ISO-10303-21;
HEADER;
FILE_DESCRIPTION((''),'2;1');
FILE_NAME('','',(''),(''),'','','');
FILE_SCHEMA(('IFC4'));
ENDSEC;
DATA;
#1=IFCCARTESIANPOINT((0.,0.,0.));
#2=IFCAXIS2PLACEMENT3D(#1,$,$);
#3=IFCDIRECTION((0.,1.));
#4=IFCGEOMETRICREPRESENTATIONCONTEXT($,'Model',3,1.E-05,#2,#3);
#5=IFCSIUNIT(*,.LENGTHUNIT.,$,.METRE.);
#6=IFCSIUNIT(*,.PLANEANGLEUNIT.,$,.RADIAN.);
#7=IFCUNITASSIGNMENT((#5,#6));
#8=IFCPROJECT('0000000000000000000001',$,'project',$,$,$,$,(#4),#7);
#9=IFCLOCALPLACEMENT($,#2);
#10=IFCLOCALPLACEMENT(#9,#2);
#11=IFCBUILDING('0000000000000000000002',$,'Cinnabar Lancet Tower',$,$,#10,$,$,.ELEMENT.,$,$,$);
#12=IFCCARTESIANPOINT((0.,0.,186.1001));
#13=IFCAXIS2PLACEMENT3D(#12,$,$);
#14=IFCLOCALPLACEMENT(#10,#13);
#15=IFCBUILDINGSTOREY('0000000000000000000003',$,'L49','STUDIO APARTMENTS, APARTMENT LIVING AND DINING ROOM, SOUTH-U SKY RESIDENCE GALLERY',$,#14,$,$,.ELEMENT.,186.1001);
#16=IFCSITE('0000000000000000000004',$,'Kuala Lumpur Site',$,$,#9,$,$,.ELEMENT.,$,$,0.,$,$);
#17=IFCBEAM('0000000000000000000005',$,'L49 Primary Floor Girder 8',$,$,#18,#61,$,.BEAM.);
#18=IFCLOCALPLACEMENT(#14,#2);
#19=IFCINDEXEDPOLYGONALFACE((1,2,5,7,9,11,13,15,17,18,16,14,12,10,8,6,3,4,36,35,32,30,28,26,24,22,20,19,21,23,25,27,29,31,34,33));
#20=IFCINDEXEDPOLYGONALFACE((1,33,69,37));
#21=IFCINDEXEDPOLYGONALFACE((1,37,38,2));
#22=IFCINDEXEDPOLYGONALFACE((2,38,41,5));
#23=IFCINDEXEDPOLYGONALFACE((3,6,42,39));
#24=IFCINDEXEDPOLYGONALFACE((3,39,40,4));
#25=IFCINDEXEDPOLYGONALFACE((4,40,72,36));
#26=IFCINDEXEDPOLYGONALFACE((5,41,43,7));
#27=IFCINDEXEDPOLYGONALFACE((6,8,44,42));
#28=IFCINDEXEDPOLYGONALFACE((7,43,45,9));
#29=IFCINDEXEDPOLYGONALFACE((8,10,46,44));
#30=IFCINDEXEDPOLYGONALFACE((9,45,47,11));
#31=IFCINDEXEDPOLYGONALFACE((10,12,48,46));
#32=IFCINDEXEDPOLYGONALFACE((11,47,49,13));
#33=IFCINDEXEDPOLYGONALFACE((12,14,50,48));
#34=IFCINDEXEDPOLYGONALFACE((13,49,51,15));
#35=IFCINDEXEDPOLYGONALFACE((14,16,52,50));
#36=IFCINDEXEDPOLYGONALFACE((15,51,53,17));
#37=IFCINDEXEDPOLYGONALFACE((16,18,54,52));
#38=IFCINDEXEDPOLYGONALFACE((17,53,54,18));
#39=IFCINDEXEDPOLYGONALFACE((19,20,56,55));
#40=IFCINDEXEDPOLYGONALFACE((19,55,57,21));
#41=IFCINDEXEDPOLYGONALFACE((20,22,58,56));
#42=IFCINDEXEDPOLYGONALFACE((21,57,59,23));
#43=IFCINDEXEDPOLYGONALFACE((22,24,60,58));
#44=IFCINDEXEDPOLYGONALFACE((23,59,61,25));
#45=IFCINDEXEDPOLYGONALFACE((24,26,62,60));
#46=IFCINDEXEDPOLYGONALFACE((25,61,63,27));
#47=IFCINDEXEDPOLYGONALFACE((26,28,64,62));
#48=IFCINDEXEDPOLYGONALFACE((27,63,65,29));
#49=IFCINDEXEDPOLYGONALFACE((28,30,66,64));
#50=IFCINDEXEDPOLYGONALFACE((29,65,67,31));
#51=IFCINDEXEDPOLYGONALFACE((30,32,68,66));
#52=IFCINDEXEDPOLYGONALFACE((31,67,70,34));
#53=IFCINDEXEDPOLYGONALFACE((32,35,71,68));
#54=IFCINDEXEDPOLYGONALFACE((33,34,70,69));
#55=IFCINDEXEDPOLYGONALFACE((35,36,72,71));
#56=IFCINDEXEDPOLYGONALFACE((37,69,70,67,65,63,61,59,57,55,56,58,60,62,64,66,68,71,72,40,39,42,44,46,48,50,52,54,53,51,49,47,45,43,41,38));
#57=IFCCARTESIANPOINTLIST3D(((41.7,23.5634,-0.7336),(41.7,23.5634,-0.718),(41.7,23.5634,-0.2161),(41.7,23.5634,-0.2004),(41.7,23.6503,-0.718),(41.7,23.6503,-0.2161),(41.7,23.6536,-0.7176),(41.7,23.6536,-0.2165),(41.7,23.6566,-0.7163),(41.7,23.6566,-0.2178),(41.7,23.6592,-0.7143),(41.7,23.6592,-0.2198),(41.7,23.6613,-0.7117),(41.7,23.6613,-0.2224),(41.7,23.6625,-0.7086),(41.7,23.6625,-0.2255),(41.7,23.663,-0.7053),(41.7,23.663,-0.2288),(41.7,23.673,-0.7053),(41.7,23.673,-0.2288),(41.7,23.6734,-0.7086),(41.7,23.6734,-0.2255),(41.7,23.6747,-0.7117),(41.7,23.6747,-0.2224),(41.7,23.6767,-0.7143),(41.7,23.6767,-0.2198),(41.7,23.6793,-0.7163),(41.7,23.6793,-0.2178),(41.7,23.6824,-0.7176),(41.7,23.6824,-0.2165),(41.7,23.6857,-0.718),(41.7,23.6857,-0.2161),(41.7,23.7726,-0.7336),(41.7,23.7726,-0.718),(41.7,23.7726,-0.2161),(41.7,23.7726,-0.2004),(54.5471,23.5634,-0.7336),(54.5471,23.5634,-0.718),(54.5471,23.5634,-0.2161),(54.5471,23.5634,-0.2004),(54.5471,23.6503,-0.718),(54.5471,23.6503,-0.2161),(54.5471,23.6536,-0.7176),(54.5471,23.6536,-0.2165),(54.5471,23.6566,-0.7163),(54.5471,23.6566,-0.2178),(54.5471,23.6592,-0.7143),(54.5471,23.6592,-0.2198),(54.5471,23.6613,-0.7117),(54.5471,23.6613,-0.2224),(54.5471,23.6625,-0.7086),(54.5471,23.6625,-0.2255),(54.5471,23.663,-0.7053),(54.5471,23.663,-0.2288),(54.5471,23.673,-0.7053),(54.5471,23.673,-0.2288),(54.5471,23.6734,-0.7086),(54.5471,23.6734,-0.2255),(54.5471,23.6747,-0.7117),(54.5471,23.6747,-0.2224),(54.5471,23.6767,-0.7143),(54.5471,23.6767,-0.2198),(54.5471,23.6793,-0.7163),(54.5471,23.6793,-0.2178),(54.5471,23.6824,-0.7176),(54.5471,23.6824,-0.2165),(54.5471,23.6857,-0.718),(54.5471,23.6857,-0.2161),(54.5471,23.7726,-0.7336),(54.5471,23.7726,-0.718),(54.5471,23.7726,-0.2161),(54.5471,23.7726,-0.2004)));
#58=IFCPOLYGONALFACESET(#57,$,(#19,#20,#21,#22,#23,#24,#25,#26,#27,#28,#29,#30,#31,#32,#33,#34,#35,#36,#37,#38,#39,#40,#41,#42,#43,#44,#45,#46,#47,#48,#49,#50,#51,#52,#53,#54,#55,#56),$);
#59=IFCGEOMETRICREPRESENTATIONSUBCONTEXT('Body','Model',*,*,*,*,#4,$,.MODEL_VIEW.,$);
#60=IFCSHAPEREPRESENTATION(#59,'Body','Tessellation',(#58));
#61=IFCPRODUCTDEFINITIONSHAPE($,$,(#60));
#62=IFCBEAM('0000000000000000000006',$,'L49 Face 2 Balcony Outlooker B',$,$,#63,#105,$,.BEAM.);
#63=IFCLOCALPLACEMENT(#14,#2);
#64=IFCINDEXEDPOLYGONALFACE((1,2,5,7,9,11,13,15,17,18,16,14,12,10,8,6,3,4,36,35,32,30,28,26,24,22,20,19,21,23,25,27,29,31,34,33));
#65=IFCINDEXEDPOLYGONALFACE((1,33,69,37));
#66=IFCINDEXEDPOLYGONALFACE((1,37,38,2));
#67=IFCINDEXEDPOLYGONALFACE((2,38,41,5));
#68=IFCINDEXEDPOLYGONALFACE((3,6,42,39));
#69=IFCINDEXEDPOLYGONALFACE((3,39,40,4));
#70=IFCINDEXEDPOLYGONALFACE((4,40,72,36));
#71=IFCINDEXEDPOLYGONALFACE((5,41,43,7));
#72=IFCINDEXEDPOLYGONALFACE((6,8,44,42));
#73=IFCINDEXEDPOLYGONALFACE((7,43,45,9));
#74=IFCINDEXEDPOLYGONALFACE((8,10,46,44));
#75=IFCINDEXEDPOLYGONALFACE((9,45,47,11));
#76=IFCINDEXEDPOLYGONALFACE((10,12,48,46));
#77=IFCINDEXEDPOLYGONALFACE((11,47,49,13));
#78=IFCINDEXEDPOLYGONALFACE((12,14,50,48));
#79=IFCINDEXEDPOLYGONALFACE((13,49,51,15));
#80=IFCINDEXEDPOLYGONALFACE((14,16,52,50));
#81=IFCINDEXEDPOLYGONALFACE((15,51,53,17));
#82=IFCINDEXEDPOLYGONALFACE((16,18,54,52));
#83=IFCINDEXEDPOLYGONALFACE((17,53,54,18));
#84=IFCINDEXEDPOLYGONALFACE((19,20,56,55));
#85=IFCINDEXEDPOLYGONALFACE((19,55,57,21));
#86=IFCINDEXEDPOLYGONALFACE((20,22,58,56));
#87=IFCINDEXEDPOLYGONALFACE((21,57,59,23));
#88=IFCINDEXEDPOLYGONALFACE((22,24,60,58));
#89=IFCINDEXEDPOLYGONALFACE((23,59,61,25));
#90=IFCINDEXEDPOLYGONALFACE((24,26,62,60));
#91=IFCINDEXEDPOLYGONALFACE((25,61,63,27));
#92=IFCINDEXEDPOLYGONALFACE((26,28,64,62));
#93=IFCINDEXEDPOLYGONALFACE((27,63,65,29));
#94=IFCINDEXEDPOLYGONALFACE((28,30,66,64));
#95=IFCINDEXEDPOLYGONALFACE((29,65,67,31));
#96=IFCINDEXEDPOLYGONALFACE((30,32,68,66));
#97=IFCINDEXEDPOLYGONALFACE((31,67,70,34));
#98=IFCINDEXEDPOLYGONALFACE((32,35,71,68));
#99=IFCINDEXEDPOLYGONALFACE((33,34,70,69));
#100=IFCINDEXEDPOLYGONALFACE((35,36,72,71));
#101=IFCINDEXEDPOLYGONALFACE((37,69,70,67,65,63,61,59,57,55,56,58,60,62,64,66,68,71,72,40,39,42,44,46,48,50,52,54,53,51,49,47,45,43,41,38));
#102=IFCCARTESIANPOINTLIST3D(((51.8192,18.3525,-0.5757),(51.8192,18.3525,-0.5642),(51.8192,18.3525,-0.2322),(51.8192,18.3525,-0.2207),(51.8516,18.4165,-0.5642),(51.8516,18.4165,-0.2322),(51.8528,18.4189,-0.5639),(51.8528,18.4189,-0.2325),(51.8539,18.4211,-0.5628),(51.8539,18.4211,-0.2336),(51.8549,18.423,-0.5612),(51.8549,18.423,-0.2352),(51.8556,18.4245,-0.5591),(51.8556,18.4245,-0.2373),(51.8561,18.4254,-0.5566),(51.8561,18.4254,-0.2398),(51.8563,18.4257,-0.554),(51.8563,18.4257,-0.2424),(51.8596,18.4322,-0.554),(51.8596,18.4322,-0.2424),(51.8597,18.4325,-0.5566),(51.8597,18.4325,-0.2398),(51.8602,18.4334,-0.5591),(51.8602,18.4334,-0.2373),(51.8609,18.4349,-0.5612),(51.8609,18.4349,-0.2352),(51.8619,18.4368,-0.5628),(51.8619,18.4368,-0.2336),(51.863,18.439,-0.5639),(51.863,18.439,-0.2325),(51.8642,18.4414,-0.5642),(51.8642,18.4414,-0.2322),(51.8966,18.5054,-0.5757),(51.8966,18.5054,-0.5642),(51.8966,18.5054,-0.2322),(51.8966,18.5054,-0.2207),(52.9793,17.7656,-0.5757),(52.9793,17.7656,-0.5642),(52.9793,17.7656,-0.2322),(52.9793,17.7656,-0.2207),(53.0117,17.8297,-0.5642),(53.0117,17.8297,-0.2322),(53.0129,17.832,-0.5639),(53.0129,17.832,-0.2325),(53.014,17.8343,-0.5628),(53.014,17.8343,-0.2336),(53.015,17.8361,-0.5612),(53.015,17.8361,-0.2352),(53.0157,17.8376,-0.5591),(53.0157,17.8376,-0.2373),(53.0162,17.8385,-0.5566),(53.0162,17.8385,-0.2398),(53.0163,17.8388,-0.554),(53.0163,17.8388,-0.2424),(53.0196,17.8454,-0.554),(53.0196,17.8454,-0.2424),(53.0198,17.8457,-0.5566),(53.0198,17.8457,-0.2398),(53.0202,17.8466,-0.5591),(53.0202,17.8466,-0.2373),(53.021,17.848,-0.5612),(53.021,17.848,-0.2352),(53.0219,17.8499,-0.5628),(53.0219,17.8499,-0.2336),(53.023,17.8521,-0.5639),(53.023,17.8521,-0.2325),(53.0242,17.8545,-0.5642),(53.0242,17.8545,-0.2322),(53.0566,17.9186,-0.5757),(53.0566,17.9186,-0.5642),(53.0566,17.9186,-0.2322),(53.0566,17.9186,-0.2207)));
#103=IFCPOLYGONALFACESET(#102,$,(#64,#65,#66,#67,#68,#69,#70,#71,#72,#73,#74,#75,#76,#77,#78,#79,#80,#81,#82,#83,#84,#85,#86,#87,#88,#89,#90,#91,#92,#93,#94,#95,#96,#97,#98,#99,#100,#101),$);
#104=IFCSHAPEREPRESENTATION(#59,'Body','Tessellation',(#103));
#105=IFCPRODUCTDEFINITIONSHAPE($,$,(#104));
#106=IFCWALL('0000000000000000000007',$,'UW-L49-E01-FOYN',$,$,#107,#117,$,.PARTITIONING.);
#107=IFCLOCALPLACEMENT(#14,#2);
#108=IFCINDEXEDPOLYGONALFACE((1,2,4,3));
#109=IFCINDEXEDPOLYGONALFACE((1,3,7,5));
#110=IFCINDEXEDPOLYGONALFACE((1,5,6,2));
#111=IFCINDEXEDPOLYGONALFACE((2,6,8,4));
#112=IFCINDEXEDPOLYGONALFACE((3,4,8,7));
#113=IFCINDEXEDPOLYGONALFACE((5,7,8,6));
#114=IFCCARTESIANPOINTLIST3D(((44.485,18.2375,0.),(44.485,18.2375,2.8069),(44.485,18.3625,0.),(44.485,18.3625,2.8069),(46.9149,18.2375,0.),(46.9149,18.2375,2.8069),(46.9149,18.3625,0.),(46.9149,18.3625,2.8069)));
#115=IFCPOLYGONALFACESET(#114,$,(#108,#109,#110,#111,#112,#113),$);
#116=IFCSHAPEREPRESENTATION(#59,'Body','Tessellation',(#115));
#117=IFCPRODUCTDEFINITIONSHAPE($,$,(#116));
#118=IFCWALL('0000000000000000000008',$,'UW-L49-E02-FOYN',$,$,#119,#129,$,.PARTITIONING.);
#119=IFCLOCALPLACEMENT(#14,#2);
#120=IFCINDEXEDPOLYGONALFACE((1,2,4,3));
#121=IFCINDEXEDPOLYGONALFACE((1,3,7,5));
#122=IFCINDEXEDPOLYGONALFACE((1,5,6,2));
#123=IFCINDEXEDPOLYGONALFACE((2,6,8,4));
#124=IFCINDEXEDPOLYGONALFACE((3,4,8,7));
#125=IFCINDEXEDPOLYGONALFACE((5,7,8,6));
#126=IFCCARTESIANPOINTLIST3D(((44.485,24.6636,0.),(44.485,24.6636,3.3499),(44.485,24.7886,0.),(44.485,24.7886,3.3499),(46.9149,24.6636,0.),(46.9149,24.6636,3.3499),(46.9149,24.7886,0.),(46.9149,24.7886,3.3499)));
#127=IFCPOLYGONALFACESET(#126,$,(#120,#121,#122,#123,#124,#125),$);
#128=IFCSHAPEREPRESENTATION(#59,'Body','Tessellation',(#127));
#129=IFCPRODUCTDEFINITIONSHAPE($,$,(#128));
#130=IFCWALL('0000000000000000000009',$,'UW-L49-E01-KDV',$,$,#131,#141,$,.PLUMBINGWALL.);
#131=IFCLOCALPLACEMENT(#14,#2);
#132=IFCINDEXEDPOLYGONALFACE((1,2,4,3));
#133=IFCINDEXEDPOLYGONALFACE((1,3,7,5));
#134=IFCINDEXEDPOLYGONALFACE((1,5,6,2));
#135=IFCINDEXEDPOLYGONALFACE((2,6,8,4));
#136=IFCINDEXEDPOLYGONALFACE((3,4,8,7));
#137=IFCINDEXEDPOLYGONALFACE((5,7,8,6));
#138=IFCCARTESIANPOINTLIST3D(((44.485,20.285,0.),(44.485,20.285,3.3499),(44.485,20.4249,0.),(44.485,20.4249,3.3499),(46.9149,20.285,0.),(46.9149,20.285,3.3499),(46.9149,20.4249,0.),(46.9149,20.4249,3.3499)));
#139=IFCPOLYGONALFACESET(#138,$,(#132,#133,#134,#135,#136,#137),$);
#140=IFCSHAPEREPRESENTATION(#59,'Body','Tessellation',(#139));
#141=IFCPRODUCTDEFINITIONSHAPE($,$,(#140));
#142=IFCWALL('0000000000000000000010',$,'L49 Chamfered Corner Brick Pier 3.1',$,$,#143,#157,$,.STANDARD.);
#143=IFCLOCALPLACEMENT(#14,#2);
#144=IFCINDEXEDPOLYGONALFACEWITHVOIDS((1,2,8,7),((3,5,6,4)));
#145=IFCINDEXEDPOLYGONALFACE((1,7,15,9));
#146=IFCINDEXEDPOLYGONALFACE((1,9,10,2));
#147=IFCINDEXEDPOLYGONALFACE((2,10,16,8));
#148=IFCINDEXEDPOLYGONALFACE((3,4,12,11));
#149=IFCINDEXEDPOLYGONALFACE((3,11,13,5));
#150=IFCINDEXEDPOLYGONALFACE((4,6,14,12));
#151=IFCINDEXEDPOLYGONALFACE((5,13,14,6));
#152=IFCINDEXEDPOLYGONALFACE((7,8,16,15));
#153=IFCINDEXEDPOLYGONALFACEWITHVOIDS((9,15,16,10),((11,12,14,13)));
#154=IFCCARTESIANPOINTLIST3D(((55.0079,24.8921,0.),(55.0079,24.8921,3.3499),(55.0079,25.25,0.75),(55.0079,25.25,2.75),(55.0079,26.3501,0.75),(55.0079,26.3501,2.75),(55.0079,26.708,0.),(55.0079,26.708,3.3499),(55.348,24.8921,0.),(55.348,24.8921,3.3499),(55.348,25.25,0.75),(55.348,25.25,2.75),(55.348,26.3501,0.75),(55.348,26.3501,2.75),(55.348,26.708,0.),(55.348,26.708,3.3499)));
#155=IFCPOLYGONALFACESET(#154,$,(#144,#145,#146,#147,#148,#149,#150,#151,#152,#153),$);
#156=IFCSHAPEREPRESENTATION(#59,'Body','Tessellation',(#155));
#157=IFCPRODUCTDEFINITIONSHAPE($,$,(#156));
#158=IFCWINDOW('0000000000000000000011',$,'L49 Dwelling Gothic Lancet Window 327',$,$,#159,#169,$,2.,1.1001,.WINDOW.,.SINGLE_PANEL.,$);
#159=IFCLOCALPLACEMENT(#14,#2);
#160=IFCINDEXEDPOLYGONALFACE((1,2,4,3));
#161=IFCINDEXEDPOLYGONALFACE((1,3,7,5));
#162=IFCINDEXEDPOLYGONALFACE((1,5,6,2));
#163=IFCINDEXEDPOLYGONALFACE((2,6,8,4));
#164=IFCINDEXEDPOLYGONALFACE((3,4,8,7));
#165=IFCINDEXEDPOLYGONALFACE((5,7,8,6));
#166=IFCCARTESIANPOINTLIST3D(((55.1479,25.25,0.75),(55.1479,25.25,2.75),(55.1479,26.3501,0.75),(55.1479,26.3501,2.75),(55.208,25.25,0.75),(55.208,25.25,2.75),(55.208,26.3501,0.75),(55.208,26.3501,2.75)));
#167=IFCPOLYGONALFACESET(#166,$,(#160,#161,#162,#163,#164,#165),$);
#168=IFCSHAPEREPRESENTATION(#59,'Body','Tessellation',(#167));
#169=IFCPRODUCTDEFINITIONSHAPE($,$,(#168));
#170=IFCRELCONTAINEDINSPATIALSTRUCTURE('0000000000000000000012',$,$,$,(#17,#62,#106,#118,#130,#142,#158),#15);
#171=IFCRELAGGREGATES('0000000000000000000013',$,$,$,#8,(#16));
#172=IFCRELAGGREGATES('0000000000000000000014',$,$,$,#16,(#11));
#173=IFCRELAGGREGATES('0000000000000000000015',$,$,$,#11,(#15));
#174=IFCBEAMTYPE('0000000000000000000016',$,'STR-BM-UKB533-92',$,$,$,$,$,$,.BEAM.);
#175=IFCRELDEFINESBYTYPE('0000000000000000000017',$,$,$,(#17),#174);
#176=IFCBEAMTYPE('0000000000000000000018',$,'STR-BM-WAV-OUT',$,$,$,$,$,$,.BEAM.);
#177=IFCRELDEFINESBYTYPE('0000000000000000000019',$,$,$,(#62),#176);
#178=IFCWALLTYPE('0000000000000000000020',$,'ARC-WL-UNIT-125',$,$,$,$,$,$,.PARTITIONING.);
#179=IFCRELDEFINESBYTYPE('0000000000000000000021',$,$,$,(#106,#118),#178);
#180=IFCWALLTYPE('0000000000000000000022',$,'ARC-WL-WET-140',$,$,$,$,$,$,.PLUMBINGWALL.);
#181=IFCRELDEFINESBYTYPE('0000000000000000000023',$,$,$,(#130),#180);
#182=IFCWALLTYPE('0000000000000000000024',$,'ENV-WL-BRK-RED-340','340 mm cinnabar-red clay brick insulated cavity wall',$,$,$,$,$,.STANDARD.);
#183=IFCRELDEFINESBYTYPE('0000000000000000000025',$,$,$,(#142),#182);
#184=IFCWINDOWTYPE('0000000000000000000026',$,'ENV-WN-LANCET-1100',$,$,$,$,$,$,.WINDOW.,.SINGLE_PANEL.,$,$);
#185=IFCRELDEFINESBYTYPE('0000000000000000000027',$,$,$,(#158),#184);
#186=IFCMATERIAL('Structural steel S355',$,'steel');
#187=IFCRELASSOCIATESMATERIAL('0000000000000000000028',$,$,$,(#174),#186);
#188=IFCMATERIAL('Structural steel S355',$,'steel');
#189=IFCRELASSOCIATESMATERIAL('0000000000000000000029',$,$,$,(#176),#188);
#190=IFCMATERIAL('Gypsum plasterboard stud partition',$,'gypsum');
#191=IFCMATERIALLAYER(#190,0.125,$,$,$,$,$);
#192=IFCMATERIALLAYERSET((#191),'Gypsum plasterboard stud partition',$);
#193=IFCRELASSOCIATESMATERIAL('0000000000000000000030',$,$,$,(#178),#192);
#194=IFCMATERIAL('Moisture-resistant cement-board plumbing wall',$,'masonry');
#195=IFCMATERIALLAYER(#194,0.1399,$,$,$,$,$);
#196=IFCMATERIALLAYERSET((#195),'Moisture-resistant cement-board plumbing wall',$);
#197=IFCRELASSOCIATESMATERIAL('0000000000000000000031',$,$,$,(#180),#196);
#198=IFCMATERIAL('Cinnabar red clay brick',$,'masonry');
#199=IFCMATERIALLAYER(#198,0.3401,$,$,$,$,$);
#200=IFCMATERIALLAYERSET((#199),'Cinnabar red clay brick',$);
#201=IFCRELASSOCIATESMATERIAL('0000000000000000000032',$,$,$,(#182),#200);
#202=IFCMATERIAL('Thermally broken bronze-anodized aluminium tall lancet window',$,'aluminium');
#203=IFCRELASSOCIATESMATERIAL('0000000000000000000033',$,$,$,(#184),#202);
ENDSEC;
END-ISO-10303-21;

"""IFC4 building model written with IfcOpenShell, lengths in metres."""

from ifc_helpers import new_model, si_unit, direction, frame, frame_2d, origin, origin_2d, place, context, subcontext, project, spatial, rectangle, i_section, extrude, material, layer, layer_set, material_profile, profile_set, type_object, element, fill, save


model = new_model("IFC4")

# Units and contexts
model_context = context("Model", 3, precision=1e-05, world=origin(), true_north=direction((0.0, 1.0)))
body_context = subcontext(model_context, "Body", "Model", "MODEL_VIEW")
ifc_project = project(units=[si_unit("LENGTHUNIT", "METRE"), si_unit("PLANEANGLEUNIT", "RADIAN")], contexts=[model_context])

# Site, building, storey
site_placement = place(None, origin())
site = spatial("IfcSite", under=ifc_project, at=site_placement, Name="Kuala Lumpur Site", CompositionType="ELEMENT", RefElevation=0.0)
building_placement = place(site_placement, origin())
building = spatial("IfcBuilding", under=site, at=building_placement, Name="Cinnabar Lancet Tower", CompositionType="ELEMENT")
storey_placement = place(building_placement, frame((0.0, 0.0, 186.1001)))
storey = spatial("IfcBuildingStorey", under=building, at=storey_placement, Name="L49", Description="STUDIO APARTMENTS, APARTMENT LIVING AND DINING ROOM, SOUTH-U SKY RESIDENCE GALLERY", CompositionType="ELEMENT", Elevation=186.1001)

# Beams
ifc_material_1 = material(Name="Structural steel S355", Category="steel")
ifc_material_profile_1 = material_profile(ifc_material_1, i_section(OverallWidth=0.2092, OverallDepth=0.5332, WebThickness=0.01, FlangeThickness=0.0156, FilletRadius=0.0127, at=origin_2d()), Name="UKB 533x210x92")
ifc_profile_set_1 = profile_set([ifc_material_profile_1], Name="Structural steel S355")
beam_type_1 = type_object("IfcBeamType", Name="STR-BM-UKB533-92", PredefinedType="BEAM", material=ifc_profile_set_1)
beam_1_placement = place(storey_placement, frame((54.5471, 23.668, -0.467), z_axis=(-1.0, 0.0, 0.0), x_axis=(0.0, -1.0, 0.0)))
element("IfcBeam", 1, at=beam_1_placement, inside=storey, type_object=beam_type_1, Name="L49 Primary Floor Girder 8", PredefinedType="BEAM", context=body_context, shape_type="SweptSolid", body=[
    extrude(i_section(OverallWidth=0.2092, OverallDepth=0.5332, WebThickness=0.01, FlangeThickness=0.0156, FilletRadius=0.0127, at=origin_2d()), origin(), (0.0, 0.0, 1.0), 12.8472),
])
ifc_material_2 = material(Name="Structural steel S355", Category="steel")
ifc_material_profile_2 = material_profile(ifc_material_2, i_section(OverallWidth=0.1714, OverallDepth=0.355, WebThickness=0.0073, FlangeThickness=0.0115, FilletRadius=0.0103, at=origin_2d()), Name="UKB 356x171x51")
ifc_profile_set_2 = profile_set([ifc_material_profile_2], Name="Structural steel S355")
beam_type_2 = type_object("IfcBeamType", Name="STR-BM-WAV-OUT", PredefinedType="BEAM", material=ifc_profile_set_2)
beam_2_placement = place(storey_placement, frame((51.8579, 18.429, -0.3982), z_axis=(0.892314, -0.451415, 0.0), x_axis=(0.451415, 0.892314, 0.0)))
element("IfcBeam", 2, at=beam_2_placement, inside=storey, type_object=beam_type_2, Name="L49 Face 2 Balcony Outlooker B", PredefinedType="BEAM", context=body_context, shape_type="SweptSolid", body=[
    extrude(i_section(OverallWidth=0.1714, OverallDepth=0.355, WebThickness=0.0073, FlangeThickness=0.0115, FilletRadius=0.0103, at=origin_2d()), origin(), (0.0, 0.0, 1.0), 1.3),
])

# Walls
ifc_material_3 = material(Name="Gypsum plasterboard stud partition", Category="gypsum")
ifc_layer_1 = layer(ifc_material_3, 0.125)
ifc_layer_set_1 = layer_set([ifc_layer_1], Name="Gypsum plasterboard stud partition")
wall_type_1 = type_object("IfcWallType", Name="ARC-WL-UNIT-125", PredefinedType="PARTITIONING", material=ifc_layer_set_1)
wall_1_placement = place(storey_placement, frame((44.4851, 18.3, 0.0), z_axis=(0.0, 0.0, 1.0), x_axis=(1.0, 0.0, 0.0)))
element("IfcWall", 3, at=wall_1_placement, inside=storey, type_object=wall_type_1, Name="UW-L49-E01-FOYN", PredefinedType="PARTITIONING", context=body_context, shape_type="SweptSolid", body=[
    extrude(rectangle(XDim=2.4299, YDim=0.125, at=frame_2d((1.2148, 0.0))), origin(), (0.0, 0.0, 1.0), 2.8069),
])
wall_2_placement = place(storey_placement, frame((44.4851, 24.7261, 0.0), z_axis=(0.0, 0.0, 1.0), x_axis=(1.0, 0.0, 0.0)))
element("IfcWall", 4, at=wall_2_placement, inside=storey, type_object=wall_type_1, Name="UW-L49-E02-FOYN", PredefinedType="PARTITIONING", context=body_context, shape_type="SweptSolid", body=[
    extrude(rectangle(XDim=2.4299, YDim=0.125, at=frame_2d((1.2148, 0.0))), origin(), (0.0, 0.0, 1.0), 3.3499),
])

# Shared definitions
ifc_material_4 = material(Name="Moisture-resistant cement-board plumbing wall", Category="masonry")
ifc_layer_2 = layer(ifc_material_4, 0.1399)
ifc_layer_set_2 = layer_set([ifc_layer_2], Name="Moisture-resistant cement-board plumbing wall")
wall_type_2 = type_object("IfcWallType", Name="ARC-WL-WET-140", PredefinedType="PLUMBINGWALL", material=ifc_layer_set_2)

# Wall
wall_3_placement = place(storey_placement, frame((44.4851, 20.355, 0.0), z_axis=(0.0, 0.0, 1.0), x_axis=(1.0, 0.0, 0.0)))
element("IfcWall", 5, at=wall_3_placement, inside=storey, type_object=wall_type_2, Name="UW-L49-E01-KDV", PredefinedType="PLUMBINGWALL", context=body_context, shape_type="SweptSolid", body=[
    extrude(rectangle(XDim=2.4299, YDim=0.1399, at=frame_2d((1.2148, 0.0))), origin(), (0.0, 0.0, 1.0), 3.3499),
])

# Wall, opening, window
ifc_material_5 = material(Name="Cinnabar red clay brick", Category="masonry")
ifc_layer_3 = layer(ifc_material_5, 0.3401)
ifc_layer_set_3 = layer_set([ifc_layer_3], Name="Cinnabar red clay brick")
wall_type_3 = type_object("IfcWallType", Name="ENV-WL-BRK-RED-340", Description="340 mm cinnabar-red clay brick insulated cavity wall", PredefinedType="STANDARD", material=ifc_layer_set_3)
wall_4_placement = place(storey_placement, frame((55.178, 24.8921, 0.0), z_axis=(0.0, 0.0, 1.0), x_axis=(0.0, 1.0, 0.0)))
wall_4 = element("IfcWall", 6, at=wall_4_placement, inside=storey, type_object=wall_type_3, Name="L49 Chamfered Corner Brick Pier 3.1", PredefinedType="STANDARD", context=body_context, shape_type="SweptSolid", body=[
    extrude(rectangle(XDim=1.8159, YDim=0.3401, at=frame_2d((0.908, 0.0))), origin(), (0.0, 0.0, 1.0), 3.3499),
])
opening_1_placement = place(wall_4_placement, frame((0.3579, 0.0, 0.75)))
opening_1 = element("IfcOpeningElement", 7, at=opening_1_placement, cuts=wall_4, PredefinedType="OPENING", context=body_context, shape_type="SweptSolid", body=[
    extrude(rectangle(XDim=1.1001, YDim=2.0, at=frame_2d((0.55, 1.0))), frame((0.0, 0.1799, 0.0), z_axis=(0.0, -1.0, 0.0), x_axis=(1.0, 0.0, 0.0)), (0.0, 0.0, 1.0), 0.3601),
])
ifc_material_6 = material(Name="Thermally broken bronze-anodized aluminium tall lancet window", Category="aluminium")
window_type = type_object("IfcWindowType", Name="ENV-WN-LANCET-1100", PartitioningType="SINGLE_PANEL", PredefinedType="WINDOW", material=ifc_material_6)
window_1_placement = place(opening_1_placement, origin())
window_1 = element("IfcWindow", 8, at=window_1_placement, inside=storey, type_object=window_type, Name="L49 Dwelling Gothic Lancet Window 327", OverallHeight=2.0, OverallWidth=1.1001, PartitioningType="SINGLE_PANEL", PredefinedType="WINDOW", context=body_context, shape_type="SweptSolid", body=[
    extrude(rectangle(XDim=1.1001, YDim=2.0, at=frame_2d((0.55, 1.0))), frame((0.0, 0.03, 0.0), z_axis=(0.0, -1.0, 0.0), x_axis=(1.0, 0.0, 0.0)), (0.0, 0.0, 1.0), 0.0601),
])
fill(opening_1, window_1)

save(model, "model.ifc")
